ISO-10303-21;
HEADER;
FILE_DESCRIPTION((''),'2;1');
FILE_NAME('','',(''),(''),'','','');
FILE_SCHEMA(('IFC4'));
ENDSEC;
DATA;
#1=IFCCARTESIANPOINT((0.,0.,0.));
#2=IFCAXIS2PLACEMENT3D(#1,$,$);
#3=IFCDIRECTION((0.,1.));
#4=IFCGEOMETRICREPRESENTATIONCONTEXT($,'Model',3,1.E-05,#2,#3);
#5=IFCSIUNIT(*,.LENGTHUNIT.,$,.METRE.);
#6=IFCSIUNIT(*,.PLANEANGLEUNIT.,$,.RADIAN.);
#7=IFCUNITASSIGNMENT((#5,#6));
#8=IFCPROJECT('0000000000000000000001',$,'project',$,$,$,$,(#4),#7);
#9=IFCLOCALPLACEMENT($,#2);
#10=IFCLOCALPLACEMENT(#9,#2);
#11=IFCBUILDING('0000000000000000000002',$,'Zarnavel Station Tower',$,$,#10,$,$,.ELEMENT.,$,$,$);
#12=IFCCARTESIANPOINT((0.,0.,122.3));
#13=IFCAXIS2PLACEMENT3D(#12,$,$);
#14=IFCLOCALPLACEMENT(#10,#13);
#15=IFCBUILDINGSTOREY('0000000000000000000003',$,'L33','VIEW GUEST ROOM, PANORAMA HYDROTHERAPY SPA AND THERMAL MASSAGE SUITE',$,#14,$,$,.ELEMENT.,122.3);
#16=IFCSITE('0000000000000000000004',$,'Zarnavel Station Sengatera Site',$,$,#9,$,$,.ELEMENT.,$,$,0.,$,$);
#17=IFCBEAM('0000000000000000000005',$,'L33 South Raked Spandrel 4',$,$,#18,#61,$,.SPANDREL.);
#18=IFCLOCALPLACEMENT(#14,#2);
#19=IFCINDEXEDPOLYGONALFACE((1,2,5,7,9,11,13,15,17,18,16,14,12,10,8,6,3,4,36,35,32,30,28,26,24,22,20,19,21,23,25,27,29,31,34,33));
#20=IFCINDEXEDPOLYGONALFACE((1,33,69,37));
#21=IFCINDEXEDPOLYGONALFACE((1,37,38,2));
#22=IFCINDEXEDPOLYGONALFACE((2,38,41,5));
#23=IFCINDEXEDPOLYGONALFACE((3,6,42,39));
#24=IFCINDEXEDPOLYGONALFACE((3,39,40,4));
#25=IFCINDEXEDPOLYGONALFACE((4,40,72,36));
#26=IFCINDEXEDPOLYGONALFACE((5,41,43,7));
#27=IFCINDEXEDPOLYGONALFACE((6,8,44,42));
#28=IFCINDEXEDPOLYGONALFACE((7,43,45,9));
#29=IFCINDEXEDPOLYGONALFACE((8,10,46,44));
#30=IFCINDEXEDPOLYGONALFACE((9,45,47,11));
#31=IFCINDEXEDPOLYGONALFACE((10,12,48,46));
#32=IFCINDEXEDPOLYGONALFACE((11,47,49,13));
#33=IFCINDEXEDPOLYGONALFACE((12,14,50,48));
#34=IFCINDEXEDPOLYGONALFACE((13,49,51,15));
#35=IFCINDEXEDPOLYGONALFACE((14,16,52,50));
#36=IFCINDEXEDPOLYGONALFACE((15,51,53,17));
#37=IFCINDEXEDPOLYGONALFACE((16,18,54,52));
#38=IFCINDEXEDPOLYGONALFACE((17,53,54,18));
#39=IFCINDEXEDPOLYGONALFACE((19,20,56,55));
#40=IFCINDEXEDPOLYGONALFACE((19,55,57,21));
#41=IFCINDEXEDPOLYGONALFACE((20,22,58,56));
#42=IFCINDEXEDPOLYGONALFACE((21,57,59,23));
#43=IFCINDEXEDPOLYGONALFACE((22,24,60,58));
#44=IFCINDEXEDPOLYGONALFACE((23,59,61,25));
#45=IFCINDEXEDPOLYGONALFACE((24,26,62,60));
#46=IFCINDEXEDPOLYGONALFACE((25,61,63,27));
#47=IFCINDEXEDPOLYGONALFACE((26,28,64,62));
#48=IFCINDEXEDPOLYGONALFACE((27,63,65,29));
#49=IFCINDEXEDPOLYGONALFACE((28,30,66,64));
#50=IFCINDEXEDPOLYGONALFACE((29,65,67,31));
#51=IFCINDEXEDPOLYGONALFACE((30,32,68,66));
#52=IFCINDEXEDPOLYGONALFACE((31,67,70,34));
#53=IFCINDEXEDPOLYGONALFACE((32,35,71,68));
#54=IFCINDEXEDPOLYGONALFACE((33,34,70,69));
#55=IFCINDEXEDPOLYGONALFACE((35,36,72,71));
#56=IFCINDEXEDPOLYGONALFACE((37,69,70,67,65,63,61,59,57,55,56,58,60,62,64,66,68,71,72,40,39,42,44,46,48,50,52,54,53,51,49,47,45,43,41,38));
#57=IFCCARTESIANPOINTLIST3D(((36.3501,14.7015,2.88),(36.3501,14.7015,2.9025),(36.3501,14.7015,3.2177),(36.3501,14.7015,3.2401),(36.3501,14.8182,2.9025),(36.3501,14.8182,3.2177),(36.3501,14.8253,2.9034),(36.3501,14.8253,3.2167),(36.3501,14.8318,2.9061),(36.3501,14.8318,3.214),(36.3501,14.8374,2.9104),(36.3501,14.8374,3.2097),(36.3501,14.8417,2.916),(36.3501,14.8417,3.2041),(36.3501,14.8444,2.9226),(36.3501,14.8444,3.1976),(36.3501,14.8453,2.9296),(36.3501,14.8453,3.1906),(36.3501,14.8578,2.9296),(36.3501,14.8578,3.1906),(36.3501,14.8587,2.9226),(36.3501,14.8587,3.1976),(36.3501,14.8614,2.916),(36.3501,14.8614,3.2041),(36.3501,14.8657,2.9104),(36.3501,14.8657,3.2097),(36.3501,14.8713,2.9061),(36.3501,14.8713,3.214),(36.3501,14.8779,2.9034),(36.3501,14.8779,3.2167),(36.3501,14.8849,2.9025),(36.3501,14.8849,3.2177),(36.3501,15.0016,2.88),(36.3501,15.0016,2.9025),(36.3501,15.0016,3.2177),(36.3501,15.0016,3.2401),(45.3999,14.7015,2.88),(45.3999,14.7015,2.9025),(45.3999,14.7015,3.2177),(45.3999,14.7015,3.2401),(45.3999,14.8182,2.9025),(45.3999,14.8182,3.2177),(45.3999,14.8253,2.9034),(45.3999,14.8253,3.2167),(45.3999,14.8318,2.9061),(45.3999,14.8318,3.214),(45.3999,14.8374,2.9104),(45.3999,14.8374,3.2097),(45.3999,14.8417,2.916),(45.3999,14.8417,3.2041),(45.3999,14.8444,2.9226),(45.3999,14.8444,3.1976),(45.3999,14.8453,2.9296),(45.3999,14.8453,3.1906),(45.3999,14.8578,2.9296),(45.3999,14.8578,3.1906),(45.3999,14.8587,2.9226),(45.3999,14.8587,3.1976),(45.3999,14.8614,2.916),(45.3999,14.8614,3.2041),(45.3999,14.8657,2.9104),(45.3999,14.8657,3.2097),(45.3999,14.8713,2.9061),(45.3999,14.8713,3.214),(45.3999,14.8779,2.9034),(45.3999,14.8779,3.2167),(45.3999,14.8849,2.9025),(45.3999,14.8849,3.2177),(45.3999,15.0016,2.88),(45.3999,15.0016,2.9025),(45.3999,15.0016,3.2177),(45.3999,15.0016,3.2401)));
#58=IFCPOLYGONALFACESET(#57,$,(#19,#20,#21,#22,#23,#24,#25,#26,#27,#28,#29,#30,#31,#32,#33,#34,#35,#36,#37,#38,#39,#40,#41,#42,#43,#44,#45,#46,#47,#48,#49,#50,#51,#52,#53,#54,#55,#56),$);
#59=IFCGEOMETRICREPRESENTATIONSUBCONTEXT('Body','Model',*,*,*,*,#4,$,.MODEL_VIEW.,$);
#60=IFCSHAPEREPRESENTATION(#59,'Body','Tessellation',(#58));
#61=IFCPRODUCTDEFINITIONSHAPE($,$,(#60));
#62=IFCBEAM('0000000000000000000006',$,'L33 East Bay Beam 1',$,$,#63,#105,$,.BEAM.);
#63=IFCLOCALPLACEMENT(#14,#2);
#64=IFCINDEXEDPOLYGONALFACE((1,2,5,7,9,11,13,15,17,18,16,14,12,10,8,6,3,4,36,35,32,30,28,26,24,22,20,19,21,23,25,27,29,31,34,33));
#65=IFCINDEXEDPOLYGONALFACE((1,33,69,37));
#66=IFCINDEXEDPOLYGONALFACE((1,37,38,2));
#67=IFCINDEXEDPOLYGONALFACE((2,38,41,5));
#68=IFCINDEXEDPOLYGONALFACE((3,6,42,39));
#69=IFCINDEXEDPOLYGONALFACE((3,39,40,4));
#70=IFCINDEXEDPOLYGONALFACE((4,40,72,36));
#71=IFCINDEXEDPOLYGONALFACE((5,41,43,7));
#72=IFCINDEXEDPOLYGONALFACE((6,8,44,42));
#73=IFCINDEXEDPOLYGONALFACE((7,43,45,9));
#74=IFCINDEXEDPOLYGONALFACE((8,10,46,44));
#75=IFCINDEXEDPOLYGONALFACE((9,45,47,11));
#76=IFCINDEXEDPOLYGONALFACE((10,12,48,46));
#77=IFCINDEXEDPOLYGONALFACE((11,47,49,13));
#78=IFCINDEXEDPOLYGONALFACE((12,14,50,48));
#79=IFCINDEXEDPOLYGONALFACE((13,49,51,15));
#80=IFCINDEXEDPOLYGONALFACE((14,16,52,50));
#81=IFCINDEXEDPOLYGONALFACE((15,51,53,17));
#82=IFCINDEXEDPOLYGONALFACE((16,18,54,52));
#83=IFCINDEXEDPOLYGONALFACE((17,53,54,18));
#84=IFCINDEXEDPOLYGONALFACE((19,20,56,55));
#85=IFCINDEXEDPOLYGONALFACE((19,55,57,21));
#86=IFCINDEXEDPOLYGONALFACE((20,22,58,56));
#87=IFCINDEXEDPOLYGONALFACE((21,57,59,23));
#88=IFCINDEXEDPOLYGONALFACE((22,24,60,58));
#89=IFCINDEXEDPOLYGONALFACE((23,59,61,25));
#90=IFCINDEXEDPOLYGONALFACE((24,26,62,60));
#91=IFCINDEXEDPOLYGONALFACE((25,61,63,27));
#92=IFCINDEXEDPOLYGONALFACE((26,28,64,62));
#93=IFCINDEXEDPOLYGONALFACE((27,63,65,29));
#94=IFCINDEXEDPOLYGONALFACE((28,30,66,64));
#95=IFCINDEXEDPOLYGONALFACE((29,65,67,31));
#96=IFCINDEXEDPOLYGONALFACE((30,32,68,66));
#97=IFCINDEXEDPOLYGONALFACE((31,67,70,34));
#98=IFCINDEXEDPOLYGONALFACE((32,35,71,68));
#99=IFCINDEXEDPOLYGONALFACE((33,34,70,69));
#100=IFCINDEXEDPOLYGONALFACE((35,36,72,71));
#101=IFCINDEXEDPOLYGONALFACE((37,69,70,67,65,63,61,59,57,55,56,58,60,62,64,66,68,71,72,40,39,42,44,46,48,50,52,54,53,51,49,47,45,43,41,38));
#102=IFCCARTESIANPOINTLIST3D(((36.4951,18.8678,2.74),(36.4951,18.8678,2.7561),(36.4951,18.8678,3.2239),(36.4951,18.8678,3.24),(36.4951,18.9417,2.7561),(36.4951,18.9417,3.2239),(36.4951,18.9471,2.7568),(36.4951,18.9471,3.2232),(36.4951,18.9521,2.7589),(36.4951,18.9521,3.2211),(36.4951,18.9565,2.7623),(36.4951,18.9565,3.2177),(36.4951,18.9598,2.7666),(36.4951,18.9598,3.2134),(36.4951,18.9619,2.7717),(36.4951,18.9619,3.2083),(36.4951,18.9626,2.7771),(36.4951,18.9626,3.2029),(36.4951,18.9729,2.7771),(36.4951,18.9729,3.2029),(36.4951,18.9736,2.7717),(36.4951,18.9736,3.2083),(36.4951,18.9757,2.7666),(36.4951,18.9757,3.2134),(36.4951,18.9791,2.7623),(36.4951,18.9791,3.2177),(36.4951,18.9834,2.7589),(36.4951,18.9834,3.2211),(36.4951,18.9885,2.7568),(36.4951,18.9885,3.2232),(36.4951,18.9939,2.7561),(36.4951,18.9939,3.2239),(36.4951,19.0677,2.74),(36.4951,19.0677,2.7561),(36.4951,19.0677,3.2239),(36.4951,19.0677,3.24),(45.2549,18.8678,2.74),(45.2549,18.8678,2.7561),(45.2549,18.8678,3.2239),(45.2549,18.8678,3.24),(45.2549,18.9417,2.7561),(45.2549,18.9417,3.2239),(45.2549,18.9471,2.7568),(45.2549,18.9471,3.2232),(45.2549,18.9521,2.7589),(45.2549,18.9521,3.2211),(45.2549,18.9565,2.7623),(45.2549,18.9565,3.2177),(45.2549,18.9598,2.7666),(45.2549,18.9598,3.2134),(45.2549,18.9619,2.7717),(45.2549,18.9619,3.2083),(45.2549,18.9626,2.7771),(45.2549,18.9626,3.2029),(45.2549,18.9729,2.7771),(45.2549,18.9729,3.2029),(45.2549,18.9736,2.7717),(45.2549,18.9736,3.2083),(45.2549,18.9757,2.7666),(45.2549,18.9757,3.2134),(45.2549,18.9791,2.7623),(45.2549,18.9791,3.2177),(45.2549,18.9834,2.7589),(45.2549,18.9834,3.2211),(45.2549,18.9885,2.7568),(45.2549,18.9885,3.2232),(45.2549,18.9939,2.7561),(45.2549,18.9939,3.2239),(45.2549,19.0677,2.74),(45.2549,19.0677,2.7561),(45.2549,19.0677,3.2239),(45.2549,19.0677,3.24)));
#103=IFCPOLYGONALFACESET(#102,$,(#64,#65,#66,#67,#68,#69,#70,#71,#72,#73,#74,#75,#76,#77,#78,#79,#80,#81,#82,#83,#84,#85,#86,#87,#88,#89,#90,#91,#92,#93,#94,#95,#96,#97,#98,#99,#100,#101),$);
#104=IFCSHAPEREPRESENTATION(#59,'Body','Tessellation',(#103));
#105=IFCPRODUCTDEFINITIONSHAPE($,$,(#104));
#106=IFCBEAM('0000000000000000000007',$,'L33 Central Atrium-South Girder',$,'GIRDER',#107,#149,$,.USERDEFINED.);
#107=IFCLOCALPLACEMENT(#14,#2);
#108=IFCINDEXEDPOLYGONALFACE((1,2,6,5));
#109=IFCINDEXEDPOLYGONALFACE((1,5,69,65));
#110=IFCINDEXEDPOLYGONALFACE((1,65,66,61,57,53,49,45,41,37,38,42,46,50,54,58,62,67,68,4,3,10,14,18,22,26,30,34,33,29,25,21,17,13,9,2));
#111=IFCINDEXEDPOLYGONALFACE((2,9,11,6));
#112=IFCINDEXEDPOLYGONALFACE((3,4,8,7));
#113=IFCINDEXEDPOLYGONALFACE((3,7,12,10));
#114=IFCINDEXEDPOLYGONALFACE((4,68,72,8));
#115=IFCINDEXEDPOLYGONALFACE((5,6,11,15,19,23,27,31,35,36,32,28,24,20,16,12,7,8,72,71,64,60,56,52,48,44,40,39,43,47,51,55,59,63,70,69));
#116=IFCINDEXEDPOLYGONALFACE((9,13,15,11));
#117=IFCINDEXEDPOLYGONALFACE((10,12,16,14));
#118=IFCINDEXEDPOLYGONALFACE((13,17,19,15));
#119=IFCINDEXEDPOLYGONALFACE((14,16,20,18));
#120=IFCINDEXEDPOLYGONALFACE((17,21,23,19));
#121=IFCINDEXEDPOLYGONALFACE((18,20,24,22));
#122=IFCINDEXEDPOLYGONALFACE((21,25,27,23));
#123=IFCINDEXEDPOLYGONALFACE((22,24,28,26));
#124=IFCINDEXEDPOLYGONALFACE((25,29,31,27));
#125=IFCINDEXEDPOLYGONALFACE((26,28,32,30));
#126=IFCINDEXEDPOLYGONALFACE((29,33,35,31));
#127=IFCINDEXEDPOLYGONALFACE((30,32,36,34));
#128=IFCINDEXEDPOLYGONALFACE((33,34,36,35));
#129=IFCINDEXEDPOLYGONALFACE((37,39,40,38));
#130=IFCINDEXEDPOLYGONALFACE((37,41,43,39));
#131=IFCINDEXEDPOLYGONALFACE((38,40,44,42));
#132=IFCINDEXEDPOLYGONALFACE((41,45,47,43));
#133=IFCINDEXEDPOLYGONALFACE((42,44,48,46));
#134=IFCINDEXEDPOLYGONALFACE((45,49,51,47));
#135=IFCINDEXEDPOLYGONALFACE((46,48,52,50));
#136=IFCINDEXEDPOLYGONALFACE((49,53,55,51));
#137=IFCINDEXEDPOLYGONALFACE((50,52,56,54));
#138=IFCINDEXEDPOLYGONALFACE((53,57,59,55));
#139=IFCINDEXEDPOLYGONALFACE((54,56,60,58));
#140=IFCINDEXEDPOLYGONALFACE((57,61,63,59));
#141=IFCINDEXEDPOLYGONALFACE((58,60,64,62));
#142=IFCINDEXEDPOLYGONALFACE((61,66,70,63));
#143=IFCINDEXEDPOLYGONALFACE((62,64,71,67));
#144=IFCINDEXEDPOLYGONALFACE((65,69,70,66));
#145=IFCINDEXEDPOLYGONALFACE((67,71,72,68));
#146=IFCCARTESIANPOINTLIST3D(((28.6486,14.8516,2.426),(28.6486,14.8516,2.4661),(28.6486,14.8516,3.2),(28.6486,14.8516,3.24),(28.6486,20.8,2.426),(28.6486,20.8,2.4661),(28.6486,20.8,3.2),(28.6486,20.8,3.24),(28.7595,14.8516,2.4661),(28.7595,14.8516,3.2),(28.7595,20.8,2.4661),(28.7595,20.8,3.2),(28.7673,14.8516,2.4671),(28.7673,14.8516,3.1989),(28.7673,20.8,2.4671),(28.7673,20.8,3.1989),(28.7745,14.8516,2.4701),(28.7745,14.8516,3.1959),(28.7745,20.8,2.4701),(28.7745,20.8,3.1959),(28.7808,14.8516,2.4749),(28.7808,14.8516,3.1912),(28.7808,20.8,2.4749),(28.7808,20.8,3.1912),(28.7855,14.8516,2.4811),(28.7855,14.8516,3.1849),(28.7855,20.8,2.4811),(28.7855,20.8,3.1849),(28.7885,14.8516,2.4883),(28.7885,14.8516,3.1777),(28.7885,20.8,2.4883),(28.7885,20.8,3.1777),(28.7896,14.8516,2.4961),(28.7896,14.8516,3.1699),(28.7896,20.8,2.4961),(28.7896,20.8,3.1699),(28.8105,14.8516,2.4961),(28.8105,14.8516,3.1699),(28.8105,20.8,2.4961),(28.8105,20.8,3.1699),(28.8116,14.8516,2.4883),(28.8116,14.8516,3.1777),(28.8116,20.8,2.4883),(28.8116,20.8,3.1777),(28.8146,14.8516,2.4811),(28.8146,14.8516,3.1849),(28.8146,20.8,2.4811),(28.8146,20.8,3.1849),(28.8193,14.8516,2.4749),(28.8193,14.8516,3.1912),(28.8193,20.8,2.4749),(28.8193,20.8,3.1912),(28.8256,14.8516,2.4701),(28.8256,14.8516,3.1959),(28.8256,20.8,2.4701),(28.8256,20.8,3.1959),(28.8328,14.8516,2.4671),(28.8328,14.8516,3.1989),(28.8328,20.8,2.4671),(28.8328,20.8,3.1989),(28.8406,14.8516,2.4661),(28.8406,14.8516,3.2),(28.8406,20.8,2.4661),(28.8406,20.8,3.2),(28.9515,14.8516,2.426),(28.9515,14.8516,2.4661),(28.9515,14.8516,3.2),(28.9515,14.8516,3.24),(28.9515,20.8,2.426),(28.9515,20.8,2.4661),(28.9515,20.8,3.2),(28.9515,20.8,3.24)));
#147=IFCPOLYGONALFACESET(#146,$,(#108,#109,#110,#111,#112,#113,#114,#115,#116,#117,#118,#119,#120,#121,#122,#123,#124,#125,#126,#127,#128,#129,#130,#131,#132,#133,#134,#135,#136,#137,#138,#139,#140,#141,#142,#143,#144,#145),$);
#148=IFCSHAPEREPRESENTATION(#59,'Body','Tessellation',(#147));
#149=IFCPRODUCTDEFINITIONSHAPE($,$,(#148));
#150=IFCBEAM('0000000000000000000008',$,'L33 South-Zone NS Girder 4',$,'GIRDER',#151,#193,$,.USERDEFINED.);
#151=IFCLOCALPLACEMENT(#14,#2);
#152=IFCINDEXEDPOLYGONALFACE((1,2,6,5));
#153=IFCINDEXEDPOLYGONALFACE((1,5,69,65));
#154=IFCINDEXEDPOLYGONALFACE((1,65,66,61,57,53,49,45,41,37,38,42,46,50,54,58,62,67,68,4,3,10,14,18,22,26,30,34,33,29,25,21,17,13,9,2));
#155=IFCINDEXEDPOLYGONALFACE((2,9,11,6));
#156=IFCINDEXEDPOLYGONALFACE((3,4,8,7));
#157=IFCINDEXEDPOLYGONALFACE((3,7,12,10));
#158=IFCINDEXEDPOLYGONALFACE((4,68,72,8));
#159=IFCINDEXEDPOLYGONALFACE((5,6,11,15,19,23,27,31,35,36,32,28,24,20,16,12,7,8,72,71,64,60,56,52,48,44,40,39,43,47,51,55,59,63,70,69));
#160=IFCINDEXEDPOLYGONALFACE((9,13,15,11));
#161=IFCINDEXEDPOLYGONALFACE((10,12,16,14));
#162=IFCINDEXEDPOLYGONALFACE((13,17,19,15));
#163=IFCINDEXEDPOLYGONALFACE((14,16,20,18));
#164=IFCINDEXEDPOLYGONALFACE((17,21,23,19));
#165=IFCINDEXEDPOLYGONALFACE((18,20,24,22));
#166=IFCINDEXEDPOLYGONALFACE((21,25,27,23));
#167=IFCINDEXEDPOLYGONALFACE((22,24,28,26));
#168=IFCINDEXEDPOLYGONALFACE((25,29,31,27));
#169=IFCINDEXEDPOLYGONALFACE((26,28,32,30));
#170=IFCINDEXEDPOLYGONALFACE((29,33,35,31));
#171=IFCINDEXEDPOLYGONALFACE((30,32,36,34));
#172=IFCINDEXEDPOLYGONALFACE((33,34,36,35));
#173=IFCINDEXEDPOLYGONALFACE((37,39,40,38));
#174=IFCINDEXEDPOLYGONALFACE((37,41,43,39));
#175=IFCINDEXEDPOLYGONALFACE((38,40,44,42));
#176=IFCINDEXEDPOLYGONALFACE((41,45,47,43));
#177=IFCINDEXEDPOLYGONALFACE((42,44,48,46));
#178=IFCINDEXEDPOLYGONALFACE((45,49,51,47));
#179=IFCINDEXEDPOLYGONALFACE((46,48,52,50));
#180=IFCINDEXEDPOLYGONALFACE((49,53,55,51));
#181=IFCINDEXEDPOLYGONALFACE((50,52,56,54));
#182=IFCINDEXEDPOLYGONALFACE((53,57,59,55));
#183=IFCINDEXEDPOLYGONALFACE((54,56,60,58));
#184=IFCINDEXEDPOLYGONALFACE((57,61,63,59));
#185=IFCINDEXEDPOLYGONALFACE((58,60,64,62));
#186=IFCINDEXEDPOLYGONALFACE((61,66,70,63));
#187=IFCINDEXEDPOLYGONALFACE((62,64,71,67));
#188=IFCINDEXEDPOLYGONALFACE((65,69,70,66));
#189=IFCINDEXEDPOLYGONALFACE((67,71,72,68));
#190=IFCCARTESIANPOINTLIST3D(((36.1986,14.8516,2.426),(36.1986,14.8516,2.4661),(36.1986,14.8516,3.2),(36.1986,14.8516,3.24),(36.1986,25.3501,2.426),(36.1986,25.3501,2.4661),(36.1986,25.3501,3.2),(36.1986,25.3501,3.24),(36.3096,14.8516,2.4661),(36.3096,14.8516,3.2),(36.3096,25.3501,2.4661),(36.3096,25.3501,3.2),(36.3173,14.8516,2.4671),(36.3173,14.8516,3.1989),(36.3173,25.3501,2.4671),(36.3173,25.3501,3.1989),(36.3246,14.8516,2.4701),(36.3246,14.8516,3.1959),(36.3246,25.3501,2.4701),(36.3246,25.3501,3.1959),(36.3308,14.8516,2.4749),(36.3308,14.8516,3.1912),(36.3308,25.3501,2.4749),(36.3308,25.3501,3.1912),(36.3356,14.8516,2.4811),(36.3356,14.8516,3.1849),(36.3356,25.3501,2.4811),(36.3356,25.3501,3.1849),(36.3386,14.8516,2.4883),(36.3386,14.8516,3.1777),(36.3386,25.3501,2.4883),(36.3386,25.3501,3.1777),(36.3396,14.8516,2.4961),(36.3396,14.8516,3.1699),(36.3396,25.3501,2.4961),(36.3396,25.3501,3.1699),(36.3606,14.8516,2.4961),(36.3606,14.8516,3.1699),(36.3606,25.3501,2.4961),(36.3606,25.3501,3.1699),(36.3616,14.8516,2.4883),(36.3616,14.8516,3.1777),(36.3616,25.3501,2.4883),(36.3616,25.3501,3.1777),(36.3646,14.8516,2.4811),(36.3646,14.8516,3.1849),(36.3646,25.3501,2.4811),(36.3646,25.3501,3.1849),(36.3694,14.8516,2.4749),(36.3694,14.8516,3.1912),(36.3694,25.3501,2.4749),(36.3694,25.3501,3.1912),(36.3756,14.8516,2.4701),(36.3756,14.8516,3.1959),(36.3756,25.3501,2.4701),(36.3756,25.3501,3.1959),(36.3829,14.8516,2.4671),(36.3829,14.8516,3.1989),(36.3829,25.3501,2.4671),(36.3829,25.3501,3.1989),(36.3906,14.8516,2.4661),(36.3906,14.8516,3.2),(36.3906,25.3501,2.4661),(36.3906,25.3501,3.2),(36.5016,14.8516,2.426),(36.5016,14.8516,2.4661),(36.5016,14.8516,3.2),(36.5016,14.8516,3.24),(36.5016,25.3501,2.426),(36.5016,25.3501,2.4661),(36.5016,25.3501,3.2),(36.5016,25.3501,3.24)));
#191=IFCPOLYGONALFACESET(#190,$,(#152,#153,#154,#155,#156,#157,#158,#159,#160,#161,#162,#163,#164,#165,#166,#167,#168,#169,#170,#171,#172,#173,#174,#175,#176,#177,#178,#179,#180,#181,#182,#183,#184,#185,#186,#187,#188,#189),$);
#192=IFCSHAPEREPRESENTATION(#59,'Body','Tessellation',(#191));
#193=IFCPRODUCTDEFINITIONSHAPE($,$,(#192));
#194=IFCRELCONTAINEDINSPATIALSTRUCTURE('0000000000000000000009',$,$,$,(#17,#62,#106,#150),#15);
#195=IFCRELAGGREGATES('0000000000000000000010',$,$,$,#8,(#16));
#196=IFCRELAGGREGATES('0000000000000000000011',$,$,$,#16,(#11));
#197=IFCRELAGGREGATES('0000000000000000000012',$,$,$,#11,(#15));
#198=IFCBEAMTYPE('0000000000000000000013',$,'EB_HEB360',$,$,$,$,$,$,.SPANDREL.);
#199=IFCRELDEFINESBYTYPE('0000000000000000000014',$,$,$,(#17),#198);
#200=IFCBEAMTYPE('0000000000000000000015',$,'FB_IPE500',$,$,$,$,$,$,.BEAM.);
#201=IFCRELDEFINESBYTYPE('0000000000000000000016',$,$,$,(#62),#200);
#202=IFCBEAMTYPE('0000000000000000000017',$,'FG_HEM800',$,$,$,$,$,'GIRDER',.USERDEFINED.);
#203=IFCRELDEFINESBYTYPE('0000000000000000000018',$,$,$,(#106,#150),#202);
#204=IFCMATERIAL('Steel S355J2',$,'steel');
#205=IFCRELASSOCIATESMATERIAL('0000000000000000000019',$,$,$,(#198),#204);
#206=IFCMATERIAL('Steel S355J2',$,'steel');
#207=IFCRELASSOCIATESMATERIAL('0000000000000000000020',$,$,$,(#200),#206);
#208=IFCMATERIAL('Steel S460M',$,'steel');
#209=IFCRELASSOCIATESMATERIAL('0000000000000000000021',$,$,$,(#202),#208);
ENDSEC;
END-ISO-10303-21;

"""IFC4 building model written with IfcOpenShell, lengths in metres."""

from ifc_helpers import new_model, si_unit, direction, frame, origin, origin_2d, place, context, subcontext, project, spatial, i_section, extrude, material, material_profile, profile_set, type_object, element, save


model = new_model("IFC4")

# Units and contexts
model_context = context("Model", 3, precision=1e-05, world=origin(), true_north=direction((0.0, 1.0)))
body_context = subcontext(model_context, "Body", "Model", "MODEL_VIEW")
ifc_project = project(units=[si_unit("LENGTHUNIT", "METRE"), si_unit("PLANEANGLEUNIT", "RADIAN")], contexts=[model_context])

# Site, building, storey
site_placement = place(None, origin())
site = spatial("IfcSite", under=ifc_project, at=site_placement, Name="Zarnavel Station Sengatera Site", CompositionType="ELEMENT", RefElevation=0.0)
building_placement = place(site_placement, origin())
building = spatial("IfcBuilding", under=site, at=building_placement, Name="Zarnavel Station Tower", CompositionType="ELEMENT")
storey_placement = place(building_placement, frame((0.0, 0.0, 122.3)))
storey = spatial("IfcBuildingStorey", under=building, at=storey_placement, Name="L33", Description="VIEW GUEST ROOM, PANORAMA HYDROTHERAPY SPA AND THERMAL MASSAGE SUITE", CompositionType="ELEMENT", Elevation=122.3)

# Beams
ifc_material_1 = material(Name="Steel S355J2", Category="steel")
ifc_material_profile_1 = material_profile(ifc_material_1, i_section(OverallWidth=0.3, OverallDepth=0.3601, WebThickness=0.0125, FlangeThickness=0.0225, FilletRadius=0.0271, at=origin_2d()), Name="HEB360")
ifc_profile_set_1 = profile_set([ifc_material_profile_1], Name="Steel S355J2")
beam_type_1 = type_object("IfcBeamType", Name="EB_HEB360", PredefinedType="SPANDREL", material=ifc_profile_set_1)
beam_1_placement = place(storey_placement, frame((36.3501, 14.8516, 3.0601), z_axis=(1.0, 0.0, 0.0), x_axis=(0.0, 1.0, 0.0)))
element("IfcBeam", 1, at=beam_1_placement, inside=storey, type_object=beam_type_1, Name="L33 South Raked Spandrel 4", PredefinedType="SPANDREL", context=body_context, shape_type="SweptSolid", body=[
    extrude(i_section(OverallWidth=0.3, OverallDepth=0.3601, WebThickness=0.0125, FlangeThickness=0.0225, FilletRadius=0.0271, at=origin_2d()), origin(), (0.0, 0.0, 1.0), 9.0498),
])
ifc_material_2 = material(Name="Steel S355J2", Category="steel")
ifc_material_profile_2 = material_profile(ifc_material_2, i_section(OverallWidth=0.2, OverallDepth=0.5, WebThickness=0.0103, FlangeThickness=0.0161, FilletRadius=0.021, at=origin_2d()), Name="IPE500")
ifc_profile_set_2 = profile_set([ifc_material_profile_2], Name="Steel S355J2")
beam_type_2 = type_object("IfcBeamType", Name="FB_IPE500", PredefinedType="BEAM", material=ifc_profile_set_2)
beam_2_placement = place(storey_placement, frame((36.4951, 18.9678, 2.99), z_axis=(1.0, 0.0, 0.0), x_axis=(0.0, 1.0, 0.0)))
element("IfcBeam", 2, at=beam_2_placement, inside=storey, type_object=beam_type_2, Name="L33 East Bay Beam 1", PredefinedType="BEAM", context=body_context, shape_type="SweptSolid", body=[
    extrude(i_section(OverallWidth=0.2, OverallDepth=0.5, WebThickness=0.0103, FlangeThickness=0.0161, FilletRadius=0.021, at=origin_2d()), origin(), (0.0, 0.0, 1.0), 8.7598),
])
ifc_material_3 = material(Name="Steel S460M", Category="steel")
ifc_material_profile_3 = material_profile(ifc_material_3, i_section(OverallWidth=0.303, OverallDepth=0.814, WebThickness=0.021, FlangeThickness=0.04, FilletRadius=0.03, at=origin_2d()), Name="HEM800")
ifc_profile_set_3 = profile_set([ifc_material_profile_3], Name="Steel S460M")
beam_type_3 = type_object("IfcBeamType", Name="FG_HEM800", ElementType="GIRDER", PredefinedType="USERDEFINED", material=ifc_profile_set_3)
beam_3_placement = place(storey_placement, frame((28.8, 14.8516, 2.833), z_axis=(0.0, 1.0, 0.0), x_axis=(-1.0, 0.0, 0.0)))
element("IfcBeam", 3, at=beam_3_placement, inside=storey, type_object=beam_type_3, Name="L33 Central Atrium-South Girder", ObjectType="GIRDER", PredefinedType="USERDEFINED", context=body_context, shape_type="SweptSolid", body=[
    extrude(i_section(OverallWidth=0.303, OverallDepth=0.814, WebThickness=0.021, FlangeThickness=0.04, FilletRadius=0.03, at=origin_2d()), origin(), (0.0, 0.0, 1.0), 5.9485),
])
beam_4_placement = place(storey_placement, frame((36.3501, 14.8516, 2.833), z_axis=(0.0, 1.0, 0.0), x_axis=(-1.0, 0.0, 0.0)))
element("IfcBeam", 4, at=beam_4_placement, inside=storey, type_object=beam_type_3, Name="L33 South-Zone NS Girder 4", ObjectType="GIRDER", PredefinedType="USERDEFINED", context=body_context, shape_type="SweptSolid", body=[
    extrude(i_section(OverallWidth=0.303, OverallDepth=0.814, WebThickness=0.021, FlangeThickness=0.04, FilletRadius=0.03, at=origin_2d()), origin(), (0.0, 0.0, 1.0), 10.4985),
])

save(model, "model.ifc")
